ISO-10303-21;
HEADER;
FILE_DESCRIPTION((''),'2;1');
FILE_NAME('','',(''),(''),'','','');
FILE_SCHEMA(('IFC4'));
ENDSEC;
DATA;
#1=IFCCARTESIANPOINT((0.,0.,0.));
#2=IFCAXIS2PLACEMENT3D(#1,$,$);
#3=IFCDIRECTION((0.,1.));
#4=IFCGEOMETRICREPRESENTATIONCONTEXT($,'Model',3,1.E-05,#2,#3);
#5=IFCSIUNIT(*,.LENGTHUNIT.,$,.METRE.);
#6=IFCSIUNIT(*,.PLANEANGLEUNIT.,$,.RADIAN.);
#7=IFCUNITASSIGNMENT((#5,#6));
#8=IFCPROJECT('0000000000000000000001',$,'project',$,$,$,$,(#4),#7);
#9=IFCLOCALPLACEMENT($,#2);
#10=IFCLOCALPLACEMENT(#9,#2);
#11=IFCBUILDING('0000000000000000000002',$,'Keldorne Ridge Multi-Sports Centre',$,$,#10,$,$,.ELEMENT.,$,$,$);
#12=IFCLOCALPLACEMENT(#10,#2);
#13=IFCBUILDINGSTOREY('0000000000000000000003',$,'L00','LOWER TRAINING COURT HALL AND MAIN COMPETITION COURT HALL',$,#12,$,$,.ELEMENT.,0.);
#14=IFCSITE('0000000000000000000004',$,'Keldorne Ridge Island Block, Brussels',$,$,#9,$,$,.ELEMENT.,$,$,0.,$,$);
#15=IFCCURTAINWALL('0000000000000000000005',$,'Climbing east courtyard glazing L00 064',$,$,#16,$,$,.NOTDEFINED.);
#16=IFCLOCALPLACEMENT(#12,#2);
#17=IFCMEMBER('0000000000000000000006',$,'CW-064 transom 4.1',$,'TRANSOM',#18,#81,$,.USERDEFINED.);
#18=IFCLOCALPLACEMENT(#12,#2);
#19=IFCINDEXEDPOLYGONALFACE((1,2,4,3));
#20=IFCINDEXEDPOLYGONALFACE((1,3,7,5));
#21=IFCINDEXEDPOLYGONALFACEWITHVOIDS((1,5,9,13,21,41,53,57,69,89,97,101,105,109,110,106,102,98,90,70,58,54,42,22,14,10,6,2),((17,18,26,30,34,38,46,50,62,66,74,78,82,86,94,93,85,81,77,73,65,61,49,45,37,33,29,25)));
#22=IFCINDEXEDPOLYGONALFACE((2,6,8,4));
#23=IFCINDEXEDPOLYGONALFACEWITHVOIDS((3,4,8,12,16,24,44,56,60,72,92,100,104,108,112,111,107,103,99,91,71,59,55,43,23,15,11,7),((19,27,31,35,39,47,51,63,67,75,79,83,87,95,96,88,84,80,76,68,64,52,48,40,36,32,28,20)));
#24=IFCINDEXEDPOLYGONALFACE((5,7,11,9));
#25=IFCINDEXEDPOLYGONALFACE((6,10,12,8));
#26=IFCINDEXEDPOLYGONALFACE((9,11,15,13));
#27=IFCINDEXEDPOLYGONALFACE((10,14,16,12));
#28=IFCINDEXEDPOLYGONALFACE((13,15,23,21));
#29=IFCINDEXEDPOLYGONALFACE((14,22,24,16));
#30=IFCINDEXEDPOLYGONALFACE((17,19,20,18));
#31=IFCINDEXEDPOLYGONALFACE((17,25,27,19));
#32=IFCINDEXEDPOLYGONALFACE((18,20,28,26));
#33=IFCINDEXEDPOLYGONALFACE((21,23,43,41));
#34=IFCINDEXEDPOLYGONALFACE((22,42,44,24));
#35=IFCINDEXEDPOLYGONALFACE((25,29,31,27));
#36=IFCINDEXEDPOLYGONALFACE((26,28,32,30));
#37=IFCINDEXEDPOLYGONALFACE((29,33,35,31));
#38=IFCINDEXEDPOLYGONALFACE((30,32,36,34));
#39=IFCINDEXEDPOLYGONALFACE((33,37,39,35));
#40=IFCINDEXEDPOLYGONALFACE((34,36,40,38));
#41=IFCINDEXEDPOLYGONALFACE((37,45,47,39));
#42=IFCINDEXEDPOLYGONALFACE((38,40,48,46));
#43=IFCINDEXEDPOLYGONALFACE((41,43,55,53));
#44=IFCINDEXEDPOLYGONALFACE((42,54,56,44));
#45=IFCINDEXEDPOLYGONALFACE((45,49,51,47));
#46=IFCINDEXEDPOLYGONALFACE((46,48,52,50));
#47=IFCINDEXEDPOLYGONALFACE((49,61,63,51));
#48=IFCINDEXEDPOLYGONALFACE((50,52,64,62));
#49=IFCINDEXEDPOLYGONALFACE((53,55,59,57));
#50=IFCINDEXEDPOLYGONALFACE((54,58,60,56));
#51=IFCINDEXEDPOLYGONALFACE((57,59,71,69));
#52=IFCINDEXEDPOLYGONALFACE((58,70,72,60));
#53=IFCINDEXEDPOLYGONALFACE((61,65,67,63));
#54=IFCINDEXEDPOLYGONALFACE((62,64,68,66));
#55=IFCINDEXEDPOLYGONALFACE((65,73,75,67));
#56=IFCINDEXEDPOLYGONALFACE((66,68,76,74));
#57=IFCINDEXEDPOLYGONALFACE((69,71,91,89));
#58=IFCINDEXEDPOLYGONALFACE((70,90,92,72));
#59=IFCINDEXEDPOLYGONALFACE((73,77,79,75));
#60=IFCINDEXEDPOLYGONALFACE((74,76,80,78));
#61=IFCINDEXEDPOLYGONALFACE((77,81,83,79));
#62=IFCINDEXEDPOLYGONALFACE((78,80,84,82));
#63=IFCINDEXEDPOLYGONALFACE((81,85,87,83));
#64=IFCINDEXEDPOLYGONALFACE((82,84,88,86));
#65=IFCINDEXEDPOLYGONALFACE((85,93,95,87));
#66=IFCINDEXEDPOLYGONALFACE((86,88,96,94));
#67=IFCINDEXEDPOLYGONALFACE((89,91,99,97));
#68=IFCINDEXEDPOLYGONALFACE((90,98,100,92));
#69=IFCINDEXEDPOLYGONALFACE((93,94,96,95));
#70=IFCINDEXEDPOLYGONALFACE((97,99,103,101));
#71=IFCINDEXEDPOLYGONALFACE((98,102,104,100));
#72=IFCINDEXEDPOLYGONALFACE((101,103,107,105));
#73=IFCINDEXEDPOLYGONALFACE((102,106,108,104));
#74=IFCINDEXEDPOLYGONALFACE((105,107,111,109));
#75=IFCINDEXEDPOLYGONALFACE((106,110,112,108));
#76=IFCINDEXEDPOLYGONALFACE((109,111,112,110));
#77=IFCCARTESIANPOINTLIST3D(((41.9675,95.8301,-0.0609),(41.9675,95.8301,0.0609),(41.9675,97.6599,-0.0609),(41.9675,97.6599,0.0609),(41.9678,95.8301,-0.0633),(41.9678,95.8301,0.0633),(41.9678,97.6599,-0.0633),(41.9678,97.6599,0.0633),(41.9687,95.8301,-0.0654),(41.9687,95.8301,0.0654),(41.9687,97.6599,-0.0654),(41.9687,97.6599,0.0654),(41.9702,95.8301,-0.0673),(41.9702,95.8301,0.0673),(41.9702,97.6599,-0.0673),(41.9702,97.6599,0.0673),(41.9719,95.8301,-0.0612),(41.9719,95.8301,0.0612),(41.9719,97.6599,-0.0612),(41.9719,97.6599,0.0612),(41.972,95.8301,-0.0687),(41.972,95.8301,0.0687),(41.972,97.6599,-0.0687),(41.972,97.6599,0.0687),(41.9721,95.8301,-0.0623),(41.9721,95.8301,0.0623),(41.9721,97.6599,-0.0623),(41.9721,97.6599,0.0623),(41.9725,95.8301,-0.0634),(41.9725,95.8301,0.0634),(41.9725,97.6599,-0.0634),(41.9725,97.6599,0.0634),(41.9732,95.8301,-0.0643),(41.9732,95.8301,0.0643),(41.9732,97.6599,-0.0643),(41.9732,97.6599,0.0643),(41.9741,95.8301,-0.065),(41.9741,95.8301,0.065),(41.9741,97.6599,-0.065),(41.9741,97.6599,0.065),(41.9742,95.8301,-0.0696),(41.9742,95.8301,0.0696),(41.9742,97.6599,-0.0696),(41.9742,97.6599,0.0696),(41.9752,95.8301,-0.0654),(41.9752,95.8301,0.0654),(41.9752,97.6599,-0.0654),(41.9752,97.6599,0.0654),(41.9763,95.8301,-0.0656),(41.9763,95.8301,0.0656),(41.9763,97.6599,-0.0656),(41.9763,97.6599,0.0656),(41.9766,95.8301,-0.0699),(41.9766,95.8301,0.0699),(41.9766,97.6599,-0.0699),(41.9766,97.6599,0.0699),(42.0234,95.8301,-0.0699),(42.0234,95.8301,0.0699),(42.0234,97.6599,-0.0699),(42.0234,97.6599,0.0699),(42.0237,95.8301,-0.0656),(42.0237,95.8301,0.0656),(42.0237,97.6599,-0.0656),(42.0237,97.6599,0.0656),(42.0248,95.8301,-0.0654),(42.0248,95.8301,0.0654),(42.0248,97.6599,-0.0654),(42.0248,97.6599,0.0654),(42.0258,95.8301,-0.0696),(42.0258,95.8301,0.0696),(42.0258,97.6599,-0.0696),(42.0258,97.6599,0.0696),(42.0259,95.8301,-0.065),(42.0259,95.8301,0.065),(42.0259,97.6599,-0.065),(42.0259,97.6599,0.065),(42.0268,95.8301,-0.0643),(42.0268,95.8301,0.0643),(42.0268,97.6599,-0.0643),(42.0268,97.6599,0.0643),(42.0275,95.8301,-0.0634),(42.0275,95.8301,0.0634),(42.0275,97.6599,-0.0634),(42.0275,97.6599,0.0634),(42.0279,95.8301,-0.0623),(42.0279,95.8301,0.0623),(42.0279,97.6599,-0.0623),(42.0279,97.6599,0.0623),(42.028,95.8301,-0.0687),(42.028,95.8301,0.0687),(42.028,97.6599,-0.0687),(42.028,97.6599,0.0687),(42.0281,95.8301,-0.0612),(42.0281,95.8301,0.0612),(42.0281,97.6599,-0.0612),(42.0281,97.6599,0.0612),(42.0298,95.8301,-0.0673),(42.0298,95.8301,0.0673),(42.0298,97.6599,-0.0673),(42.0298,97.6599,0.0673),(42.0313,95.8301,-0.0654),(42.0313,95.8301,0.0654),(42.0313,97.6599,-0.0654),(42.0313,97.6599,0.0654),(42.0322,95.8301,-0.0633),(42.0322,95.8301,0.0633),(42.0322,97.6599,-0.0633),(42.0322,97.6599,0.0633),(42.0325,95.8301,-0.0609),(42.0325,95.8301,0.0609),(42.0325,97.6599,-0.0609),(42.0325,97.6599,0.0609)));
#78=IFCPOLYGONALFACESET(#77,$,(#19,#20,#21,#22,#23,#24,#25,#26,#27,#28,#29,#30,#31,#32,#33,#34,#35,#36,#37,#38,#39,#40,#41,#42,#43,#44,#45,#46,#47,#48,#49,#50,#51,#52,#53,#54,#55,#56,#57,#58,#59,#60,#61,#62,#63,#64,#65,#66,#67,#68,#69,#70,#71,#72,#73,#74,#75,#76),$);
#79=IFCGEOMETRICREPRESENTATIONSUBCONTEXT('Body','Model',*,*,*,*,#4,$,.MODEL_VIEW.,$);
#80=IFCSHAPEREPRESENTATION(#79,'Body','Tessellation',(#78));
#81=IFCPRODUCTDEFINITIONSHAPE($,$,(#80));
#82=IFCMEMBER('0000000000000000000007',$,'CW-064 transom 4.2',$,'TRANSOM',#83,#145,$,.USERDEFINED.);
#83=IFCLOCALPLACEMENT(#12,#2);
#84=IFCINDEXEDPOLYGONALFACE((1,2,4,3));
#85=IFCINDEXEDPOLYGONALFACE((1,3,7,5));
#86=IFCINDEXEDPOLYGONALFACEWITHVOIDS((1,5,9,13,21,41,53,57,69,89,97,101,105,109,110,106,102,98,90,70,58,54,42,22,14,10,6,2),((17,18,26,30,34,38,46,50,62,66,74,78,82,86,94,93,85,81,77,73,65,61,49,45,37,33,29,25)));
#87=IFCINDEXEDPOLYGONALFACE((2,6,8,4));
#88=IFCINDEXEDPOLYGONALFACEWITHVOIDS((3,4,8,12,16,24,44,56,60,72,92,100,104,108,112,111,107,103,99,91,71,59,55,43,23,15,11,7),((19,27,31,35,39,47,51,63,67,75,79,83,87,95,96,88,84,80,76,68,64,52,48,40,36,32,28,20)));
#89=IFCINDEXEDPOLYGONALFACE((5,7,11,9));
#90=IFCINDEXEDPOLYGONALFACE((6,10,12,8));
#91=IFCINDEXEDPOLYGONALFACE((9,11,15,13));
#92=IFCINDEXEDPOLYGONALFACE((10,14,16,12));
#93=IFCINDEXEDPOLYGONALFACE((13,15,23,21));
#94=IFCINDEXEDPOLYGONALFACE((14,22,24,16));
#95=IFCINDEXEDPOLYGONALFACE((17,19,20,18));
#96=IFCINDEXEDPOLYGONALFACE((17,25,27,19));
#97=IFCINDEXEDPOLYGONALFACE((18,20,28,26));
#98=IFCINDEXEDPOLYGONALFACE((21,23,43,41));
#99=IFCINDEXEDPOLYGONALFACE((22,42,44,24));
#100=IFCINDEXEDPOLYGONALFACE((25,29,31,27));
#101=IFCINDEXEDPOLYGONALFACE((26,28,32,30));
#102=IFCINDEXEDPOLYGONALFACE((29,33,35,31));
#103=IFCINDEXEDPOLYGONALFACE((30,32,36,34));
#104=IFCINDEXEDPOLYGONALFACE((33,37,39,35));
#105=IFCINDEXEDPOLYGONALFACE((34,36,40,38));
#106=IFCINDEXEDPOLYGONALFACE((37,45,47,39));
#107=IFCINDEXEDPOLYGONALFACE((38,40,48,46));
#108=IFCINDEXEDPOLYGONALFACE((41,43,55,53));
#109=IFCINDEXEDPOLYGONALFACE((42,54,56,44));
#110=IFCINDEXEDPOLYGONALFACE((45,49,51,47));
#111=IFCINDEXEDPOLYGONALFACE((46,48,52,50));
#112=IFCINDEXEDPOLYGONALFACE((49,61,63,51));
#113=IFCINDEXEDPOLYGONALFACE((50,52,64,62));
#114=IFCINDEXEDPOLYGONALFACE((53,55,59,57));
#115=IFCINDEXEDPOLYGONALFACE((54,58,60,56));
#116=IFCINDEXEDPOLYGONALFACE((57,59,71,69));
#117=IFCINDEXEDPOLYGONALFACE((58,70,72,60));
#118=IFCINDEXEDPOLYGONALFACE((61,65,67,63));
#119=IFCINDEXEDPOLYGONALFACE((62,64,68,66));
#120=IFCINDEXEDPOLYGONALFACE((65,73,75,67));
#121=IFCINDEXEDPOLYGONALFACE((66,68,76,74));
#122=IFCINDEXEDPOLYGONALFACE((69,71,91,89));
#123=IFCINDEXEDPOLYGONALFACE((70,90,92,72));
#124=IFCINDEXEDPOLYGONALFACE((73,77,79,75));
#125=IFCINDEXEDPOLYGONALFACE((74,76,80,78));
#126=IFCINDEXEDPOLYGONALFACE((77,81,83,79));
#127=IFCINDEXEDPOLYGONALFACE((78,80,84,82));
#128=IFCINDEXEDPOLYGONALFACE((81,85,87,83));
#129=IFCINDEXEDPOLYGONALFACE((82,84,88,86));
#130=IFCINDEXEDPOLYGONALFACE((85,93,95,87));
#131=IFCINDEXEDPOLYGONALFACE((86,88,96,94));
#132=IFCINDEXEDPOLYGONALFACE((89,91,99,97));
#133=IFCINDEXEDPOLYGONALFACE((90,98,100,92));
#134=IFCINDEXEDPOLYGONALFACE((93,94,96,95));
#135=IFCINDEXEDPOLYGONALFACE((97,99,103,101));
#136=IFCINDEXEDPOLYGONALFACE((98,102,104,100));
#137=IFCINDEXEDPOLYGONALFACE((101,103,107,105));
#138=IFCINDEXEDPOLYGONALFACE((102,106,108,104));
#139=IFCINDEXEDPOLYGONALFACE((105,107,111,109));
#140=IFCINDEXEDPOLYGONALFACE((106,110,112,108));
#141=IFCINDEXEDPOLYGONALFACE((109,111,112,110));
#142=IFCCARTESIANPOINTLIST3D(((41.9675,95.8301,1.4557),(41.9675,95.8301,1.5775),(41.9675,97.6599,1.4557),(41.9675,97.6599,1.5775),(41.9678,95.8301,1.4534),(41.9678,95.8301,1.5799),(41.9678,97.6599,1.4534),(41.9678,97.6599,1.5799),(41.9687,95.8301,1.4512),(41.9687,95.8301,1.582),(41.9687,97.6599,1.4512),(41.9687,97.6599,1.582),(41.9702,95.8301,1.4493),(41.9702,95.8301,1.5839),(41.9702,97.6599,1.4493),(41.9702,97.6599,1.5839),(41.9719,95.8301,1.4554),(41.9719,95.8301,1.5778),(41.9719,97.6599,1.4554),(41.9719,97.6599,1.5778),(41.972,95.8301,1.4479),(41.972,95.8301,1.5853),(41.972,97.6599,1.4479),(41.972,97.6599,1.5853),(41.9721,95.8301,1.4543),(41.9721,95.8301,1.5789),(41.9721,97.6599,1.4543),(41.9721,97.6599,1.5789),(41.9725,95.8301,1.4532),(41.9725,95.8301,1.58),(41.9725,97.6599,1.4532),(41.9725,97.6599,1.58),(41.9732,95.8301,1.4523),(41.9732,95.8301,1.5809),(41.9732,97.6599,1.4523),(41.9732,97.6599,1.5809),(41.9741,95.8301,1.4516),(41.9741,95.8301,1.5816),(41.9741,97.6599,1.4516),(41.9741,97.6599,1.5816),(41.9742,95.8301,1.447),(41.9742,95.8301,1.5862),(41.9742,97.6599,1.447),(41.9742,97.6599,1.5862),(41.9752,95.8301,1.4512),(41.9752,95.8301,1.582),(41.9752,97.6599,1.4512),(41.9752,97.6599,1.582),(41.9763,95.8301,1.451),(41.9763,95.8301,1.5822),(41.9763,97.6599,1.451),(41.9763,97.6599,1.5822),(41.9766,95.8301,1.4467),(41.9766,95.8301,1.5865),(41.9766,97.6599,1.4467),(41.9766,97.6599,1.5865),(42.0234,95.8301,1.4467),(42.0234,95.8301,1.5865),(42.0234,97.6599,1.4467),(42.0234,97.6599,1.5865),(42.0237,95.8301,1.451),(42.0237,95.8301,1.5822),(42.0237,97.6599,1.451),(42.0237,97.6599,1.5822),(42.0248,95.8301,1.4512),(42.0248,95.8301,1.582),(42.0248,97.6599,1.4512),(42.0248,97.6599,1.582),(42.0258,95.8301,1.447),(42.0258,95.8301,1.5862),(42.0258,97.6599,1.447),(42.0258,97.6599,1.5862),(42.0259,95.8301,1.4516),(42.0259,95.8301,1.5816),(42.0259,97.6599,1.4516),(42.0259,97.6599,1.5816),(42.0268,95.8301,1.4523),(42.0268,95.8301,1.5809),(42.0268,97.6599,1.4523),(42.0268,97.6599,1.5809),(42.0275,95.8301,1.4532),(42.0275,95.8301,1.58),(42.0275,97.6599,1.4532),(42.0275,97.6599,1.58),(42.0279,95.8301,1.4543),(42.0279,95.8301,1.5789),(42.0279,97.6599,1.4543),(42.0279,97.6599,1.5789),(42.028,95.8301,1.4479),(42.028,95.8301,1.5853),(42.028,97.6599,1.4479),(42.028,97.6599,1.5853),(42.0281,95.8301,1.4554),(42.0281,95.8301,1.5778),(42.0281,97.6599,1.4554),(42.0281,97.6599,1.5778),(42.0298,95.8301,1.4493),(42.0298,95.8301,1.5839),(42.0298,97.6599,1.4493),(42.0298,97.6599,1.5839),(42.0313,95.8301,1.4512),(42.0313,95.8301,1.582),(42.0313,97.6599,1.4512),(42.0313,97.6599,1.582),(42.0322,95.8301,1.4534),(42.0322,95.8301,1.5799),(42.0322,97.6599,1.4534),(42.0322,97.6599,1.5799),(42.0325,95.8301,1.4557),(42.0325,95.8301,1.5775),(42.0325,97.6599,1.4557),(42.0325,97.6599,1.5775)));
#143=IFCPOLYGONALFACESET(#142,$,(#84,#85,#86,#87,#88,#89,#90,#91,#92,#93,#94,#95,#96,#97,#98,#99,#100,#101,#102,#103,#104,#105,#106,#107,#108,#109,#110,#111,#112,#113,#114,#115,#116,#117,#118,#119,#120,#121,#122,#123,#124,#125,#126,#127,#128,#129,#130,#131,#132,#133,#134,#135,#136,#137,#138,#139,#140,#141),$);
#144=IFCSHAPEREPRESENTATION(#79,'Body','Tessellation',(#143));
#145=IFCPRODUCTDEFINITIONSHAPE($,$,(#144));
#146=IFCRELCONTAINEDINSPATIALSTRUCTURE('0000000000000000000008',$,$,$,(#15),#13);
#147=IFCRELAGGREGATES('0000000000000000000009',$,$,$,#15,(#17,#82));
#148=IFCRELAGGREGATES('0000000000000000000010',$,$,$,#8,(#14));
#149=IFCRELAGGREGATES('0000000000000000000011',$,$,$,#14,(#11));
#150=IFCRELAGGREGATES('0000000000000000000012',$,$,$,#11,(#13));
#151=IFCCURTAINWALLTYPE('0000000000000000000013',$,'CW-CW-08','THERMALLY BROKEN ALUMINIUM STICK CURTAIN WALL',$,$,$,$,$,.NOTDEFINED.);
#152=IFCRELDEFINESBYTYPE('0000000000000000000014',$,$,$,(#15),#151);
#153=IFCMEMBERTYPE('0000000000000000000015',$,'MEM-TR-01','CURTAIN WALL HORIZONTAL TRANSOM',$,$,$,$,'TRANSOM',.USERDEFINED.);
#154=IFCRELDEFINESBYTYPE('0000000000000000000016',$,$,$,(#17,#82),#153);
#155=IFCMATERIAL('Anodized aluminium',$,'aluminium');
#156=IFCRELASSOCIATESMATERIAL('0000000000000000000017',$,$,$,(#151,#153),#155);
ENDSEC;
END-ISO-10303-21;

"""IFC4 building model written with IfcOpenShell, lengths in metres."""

from ifc_helpers import new_model, si_unit, direction, frame, origin, origin_2d, place, context, subcontext, project, spatial, hollow_rectangle, extrude, material, material_profile, profile_set, type_object, element, aggregate, save


model = new_model("IFC4")

# Units and contexts
model_context = context("Model", 3, precision=1e-05, world=origin(), true_north=direction((0.0, 1.0)))
body_context = subcontext(model_context, "Body", "Model", "MODEL_VIEW")
ifc_project = project(units=[si_unit("LENGTHUNIT", "METRE"), si_unit("PLANEANGLEUNIT", "RADIAN")], contexts=[model_context])

# Site, building, storey
site_placement = place(None, origin())
site = spatial("IfcSite", under=ifc_project, at=site_placement, Name="Keldorne Ridge Island Block, Brussels", CompositionType="ELEMENT", RefElevation=0.0)
building_placement = place(site_placement, origin())
building = spatial("IfcBuilding", under=site, at=building_placement, Name="Keldorne Ridge Multi-Sports Centre", CompositionType="ELEMENT")
storey_placement = place(building_placement, origin())
storey = spatial("IfcBuildingStorey", under=building, at=storey_placement, Name="L00", Description="LOWER TRAINING COURT HALL AND MAIN COMPETITION COURT HALL", CompositionType="ELEMENT", Elevation=0.0)

# Shared definitions
ifc_material_1 = material(Name="Anodized aluminium", Category="aluminium")

# Curtain wall, members
curtain_wall_type_1 = type_object("IfcCurtainWallType", Name="CW-CW-08", Description="THERMALLY BROKEN ALUMINIUM STICK CURTAIN WALL", PredefinedType="NOTDEFINED", material=ifc_material_1)
curtain_wall_1_placement = place(storey_placement, origin())
curtain_wall_1 = element("IfcCurtainWall", 1, at=curtain_wall_1_placement, inside=storey, type_object=curtain_wall_type_1, Name="Climbing east courtyard glazing L00 064", PredefinedType="NOTDEFINED")
ifc_material_profile_1 = material_profile(ifc_material_1, hollow_rectangle(XDim=0.0649, YDim=0.1399, WallThickness=0.0044, InnerFilletRadius=0.0044, OuterFilletRadius=0.009, at=origin_2d()), Name="ALU TRANSOM 140x65x4.5")
ifc_profile_set_1 = profile_set([ifc_material_profile_1], Name="Anodized aluminium")
member_type_1 = type_object("IfcMemberType", Name="MEM-TR-01", Description="CURTAIN WALL HORIZONTAL TRANSOM", ElementType="TRANSOM", PredefinedType="USERDEFINED", material=ifc_profile_set_1)
member_1_placement = place(storey_placement, frame((42.0, 95.8301, 0.0), z_axis=(0.0, 1.0, 0.0), x_axis=(-1.0, 0.0, 0.0)))
member_1 = element("IfcMember", 2, at=member_1_placement, type_object=member_type_1, Name="CW-064 transom 4.1", ObjectType="TRANSOM", PredefinedType="USERDEFINED", context=body_context, shape_type="SweptSolid", body=[
    extrude(hollow_rectangle(XDim=0.0649, YDim=0.1399, WallThickness=0.0044, InnerFilletRadius=0.0044, OuterFilletRadius=0.009, at=origin_2d()), origin(), (0.0, 0.0, 1.0), 1.8298),
])
member_2_placement = place(storey_placement, frame((42.0, 95.8301, 1.5166), z_axis=(0.0, 1.0, 0.0), x_axis=(-1.0, 0.0, 0.0)))
member_2 = element("IfcMember", 3, at=member_2_placement, type_object=member_type_1, Name="CW-064 transom 4.2", ObjectType="TRANSOM", PredefinedType="USERDEFINED", context=body_context, shape_type="SweptSolid", body=[
    extrude(hollow_rectangle(XDim=0.0649, YDim=0.1399, WallThickness=0.0044, InnerFilletRadius=0.0044, OuterFilletRadius=0.009, at=origin_2d()), origin(), (0.0, 0.0, 1.0), 1.8298),
])
aggregate(curtain_wall_1, [member_1, member_2])

save(model, "model.ifc")
